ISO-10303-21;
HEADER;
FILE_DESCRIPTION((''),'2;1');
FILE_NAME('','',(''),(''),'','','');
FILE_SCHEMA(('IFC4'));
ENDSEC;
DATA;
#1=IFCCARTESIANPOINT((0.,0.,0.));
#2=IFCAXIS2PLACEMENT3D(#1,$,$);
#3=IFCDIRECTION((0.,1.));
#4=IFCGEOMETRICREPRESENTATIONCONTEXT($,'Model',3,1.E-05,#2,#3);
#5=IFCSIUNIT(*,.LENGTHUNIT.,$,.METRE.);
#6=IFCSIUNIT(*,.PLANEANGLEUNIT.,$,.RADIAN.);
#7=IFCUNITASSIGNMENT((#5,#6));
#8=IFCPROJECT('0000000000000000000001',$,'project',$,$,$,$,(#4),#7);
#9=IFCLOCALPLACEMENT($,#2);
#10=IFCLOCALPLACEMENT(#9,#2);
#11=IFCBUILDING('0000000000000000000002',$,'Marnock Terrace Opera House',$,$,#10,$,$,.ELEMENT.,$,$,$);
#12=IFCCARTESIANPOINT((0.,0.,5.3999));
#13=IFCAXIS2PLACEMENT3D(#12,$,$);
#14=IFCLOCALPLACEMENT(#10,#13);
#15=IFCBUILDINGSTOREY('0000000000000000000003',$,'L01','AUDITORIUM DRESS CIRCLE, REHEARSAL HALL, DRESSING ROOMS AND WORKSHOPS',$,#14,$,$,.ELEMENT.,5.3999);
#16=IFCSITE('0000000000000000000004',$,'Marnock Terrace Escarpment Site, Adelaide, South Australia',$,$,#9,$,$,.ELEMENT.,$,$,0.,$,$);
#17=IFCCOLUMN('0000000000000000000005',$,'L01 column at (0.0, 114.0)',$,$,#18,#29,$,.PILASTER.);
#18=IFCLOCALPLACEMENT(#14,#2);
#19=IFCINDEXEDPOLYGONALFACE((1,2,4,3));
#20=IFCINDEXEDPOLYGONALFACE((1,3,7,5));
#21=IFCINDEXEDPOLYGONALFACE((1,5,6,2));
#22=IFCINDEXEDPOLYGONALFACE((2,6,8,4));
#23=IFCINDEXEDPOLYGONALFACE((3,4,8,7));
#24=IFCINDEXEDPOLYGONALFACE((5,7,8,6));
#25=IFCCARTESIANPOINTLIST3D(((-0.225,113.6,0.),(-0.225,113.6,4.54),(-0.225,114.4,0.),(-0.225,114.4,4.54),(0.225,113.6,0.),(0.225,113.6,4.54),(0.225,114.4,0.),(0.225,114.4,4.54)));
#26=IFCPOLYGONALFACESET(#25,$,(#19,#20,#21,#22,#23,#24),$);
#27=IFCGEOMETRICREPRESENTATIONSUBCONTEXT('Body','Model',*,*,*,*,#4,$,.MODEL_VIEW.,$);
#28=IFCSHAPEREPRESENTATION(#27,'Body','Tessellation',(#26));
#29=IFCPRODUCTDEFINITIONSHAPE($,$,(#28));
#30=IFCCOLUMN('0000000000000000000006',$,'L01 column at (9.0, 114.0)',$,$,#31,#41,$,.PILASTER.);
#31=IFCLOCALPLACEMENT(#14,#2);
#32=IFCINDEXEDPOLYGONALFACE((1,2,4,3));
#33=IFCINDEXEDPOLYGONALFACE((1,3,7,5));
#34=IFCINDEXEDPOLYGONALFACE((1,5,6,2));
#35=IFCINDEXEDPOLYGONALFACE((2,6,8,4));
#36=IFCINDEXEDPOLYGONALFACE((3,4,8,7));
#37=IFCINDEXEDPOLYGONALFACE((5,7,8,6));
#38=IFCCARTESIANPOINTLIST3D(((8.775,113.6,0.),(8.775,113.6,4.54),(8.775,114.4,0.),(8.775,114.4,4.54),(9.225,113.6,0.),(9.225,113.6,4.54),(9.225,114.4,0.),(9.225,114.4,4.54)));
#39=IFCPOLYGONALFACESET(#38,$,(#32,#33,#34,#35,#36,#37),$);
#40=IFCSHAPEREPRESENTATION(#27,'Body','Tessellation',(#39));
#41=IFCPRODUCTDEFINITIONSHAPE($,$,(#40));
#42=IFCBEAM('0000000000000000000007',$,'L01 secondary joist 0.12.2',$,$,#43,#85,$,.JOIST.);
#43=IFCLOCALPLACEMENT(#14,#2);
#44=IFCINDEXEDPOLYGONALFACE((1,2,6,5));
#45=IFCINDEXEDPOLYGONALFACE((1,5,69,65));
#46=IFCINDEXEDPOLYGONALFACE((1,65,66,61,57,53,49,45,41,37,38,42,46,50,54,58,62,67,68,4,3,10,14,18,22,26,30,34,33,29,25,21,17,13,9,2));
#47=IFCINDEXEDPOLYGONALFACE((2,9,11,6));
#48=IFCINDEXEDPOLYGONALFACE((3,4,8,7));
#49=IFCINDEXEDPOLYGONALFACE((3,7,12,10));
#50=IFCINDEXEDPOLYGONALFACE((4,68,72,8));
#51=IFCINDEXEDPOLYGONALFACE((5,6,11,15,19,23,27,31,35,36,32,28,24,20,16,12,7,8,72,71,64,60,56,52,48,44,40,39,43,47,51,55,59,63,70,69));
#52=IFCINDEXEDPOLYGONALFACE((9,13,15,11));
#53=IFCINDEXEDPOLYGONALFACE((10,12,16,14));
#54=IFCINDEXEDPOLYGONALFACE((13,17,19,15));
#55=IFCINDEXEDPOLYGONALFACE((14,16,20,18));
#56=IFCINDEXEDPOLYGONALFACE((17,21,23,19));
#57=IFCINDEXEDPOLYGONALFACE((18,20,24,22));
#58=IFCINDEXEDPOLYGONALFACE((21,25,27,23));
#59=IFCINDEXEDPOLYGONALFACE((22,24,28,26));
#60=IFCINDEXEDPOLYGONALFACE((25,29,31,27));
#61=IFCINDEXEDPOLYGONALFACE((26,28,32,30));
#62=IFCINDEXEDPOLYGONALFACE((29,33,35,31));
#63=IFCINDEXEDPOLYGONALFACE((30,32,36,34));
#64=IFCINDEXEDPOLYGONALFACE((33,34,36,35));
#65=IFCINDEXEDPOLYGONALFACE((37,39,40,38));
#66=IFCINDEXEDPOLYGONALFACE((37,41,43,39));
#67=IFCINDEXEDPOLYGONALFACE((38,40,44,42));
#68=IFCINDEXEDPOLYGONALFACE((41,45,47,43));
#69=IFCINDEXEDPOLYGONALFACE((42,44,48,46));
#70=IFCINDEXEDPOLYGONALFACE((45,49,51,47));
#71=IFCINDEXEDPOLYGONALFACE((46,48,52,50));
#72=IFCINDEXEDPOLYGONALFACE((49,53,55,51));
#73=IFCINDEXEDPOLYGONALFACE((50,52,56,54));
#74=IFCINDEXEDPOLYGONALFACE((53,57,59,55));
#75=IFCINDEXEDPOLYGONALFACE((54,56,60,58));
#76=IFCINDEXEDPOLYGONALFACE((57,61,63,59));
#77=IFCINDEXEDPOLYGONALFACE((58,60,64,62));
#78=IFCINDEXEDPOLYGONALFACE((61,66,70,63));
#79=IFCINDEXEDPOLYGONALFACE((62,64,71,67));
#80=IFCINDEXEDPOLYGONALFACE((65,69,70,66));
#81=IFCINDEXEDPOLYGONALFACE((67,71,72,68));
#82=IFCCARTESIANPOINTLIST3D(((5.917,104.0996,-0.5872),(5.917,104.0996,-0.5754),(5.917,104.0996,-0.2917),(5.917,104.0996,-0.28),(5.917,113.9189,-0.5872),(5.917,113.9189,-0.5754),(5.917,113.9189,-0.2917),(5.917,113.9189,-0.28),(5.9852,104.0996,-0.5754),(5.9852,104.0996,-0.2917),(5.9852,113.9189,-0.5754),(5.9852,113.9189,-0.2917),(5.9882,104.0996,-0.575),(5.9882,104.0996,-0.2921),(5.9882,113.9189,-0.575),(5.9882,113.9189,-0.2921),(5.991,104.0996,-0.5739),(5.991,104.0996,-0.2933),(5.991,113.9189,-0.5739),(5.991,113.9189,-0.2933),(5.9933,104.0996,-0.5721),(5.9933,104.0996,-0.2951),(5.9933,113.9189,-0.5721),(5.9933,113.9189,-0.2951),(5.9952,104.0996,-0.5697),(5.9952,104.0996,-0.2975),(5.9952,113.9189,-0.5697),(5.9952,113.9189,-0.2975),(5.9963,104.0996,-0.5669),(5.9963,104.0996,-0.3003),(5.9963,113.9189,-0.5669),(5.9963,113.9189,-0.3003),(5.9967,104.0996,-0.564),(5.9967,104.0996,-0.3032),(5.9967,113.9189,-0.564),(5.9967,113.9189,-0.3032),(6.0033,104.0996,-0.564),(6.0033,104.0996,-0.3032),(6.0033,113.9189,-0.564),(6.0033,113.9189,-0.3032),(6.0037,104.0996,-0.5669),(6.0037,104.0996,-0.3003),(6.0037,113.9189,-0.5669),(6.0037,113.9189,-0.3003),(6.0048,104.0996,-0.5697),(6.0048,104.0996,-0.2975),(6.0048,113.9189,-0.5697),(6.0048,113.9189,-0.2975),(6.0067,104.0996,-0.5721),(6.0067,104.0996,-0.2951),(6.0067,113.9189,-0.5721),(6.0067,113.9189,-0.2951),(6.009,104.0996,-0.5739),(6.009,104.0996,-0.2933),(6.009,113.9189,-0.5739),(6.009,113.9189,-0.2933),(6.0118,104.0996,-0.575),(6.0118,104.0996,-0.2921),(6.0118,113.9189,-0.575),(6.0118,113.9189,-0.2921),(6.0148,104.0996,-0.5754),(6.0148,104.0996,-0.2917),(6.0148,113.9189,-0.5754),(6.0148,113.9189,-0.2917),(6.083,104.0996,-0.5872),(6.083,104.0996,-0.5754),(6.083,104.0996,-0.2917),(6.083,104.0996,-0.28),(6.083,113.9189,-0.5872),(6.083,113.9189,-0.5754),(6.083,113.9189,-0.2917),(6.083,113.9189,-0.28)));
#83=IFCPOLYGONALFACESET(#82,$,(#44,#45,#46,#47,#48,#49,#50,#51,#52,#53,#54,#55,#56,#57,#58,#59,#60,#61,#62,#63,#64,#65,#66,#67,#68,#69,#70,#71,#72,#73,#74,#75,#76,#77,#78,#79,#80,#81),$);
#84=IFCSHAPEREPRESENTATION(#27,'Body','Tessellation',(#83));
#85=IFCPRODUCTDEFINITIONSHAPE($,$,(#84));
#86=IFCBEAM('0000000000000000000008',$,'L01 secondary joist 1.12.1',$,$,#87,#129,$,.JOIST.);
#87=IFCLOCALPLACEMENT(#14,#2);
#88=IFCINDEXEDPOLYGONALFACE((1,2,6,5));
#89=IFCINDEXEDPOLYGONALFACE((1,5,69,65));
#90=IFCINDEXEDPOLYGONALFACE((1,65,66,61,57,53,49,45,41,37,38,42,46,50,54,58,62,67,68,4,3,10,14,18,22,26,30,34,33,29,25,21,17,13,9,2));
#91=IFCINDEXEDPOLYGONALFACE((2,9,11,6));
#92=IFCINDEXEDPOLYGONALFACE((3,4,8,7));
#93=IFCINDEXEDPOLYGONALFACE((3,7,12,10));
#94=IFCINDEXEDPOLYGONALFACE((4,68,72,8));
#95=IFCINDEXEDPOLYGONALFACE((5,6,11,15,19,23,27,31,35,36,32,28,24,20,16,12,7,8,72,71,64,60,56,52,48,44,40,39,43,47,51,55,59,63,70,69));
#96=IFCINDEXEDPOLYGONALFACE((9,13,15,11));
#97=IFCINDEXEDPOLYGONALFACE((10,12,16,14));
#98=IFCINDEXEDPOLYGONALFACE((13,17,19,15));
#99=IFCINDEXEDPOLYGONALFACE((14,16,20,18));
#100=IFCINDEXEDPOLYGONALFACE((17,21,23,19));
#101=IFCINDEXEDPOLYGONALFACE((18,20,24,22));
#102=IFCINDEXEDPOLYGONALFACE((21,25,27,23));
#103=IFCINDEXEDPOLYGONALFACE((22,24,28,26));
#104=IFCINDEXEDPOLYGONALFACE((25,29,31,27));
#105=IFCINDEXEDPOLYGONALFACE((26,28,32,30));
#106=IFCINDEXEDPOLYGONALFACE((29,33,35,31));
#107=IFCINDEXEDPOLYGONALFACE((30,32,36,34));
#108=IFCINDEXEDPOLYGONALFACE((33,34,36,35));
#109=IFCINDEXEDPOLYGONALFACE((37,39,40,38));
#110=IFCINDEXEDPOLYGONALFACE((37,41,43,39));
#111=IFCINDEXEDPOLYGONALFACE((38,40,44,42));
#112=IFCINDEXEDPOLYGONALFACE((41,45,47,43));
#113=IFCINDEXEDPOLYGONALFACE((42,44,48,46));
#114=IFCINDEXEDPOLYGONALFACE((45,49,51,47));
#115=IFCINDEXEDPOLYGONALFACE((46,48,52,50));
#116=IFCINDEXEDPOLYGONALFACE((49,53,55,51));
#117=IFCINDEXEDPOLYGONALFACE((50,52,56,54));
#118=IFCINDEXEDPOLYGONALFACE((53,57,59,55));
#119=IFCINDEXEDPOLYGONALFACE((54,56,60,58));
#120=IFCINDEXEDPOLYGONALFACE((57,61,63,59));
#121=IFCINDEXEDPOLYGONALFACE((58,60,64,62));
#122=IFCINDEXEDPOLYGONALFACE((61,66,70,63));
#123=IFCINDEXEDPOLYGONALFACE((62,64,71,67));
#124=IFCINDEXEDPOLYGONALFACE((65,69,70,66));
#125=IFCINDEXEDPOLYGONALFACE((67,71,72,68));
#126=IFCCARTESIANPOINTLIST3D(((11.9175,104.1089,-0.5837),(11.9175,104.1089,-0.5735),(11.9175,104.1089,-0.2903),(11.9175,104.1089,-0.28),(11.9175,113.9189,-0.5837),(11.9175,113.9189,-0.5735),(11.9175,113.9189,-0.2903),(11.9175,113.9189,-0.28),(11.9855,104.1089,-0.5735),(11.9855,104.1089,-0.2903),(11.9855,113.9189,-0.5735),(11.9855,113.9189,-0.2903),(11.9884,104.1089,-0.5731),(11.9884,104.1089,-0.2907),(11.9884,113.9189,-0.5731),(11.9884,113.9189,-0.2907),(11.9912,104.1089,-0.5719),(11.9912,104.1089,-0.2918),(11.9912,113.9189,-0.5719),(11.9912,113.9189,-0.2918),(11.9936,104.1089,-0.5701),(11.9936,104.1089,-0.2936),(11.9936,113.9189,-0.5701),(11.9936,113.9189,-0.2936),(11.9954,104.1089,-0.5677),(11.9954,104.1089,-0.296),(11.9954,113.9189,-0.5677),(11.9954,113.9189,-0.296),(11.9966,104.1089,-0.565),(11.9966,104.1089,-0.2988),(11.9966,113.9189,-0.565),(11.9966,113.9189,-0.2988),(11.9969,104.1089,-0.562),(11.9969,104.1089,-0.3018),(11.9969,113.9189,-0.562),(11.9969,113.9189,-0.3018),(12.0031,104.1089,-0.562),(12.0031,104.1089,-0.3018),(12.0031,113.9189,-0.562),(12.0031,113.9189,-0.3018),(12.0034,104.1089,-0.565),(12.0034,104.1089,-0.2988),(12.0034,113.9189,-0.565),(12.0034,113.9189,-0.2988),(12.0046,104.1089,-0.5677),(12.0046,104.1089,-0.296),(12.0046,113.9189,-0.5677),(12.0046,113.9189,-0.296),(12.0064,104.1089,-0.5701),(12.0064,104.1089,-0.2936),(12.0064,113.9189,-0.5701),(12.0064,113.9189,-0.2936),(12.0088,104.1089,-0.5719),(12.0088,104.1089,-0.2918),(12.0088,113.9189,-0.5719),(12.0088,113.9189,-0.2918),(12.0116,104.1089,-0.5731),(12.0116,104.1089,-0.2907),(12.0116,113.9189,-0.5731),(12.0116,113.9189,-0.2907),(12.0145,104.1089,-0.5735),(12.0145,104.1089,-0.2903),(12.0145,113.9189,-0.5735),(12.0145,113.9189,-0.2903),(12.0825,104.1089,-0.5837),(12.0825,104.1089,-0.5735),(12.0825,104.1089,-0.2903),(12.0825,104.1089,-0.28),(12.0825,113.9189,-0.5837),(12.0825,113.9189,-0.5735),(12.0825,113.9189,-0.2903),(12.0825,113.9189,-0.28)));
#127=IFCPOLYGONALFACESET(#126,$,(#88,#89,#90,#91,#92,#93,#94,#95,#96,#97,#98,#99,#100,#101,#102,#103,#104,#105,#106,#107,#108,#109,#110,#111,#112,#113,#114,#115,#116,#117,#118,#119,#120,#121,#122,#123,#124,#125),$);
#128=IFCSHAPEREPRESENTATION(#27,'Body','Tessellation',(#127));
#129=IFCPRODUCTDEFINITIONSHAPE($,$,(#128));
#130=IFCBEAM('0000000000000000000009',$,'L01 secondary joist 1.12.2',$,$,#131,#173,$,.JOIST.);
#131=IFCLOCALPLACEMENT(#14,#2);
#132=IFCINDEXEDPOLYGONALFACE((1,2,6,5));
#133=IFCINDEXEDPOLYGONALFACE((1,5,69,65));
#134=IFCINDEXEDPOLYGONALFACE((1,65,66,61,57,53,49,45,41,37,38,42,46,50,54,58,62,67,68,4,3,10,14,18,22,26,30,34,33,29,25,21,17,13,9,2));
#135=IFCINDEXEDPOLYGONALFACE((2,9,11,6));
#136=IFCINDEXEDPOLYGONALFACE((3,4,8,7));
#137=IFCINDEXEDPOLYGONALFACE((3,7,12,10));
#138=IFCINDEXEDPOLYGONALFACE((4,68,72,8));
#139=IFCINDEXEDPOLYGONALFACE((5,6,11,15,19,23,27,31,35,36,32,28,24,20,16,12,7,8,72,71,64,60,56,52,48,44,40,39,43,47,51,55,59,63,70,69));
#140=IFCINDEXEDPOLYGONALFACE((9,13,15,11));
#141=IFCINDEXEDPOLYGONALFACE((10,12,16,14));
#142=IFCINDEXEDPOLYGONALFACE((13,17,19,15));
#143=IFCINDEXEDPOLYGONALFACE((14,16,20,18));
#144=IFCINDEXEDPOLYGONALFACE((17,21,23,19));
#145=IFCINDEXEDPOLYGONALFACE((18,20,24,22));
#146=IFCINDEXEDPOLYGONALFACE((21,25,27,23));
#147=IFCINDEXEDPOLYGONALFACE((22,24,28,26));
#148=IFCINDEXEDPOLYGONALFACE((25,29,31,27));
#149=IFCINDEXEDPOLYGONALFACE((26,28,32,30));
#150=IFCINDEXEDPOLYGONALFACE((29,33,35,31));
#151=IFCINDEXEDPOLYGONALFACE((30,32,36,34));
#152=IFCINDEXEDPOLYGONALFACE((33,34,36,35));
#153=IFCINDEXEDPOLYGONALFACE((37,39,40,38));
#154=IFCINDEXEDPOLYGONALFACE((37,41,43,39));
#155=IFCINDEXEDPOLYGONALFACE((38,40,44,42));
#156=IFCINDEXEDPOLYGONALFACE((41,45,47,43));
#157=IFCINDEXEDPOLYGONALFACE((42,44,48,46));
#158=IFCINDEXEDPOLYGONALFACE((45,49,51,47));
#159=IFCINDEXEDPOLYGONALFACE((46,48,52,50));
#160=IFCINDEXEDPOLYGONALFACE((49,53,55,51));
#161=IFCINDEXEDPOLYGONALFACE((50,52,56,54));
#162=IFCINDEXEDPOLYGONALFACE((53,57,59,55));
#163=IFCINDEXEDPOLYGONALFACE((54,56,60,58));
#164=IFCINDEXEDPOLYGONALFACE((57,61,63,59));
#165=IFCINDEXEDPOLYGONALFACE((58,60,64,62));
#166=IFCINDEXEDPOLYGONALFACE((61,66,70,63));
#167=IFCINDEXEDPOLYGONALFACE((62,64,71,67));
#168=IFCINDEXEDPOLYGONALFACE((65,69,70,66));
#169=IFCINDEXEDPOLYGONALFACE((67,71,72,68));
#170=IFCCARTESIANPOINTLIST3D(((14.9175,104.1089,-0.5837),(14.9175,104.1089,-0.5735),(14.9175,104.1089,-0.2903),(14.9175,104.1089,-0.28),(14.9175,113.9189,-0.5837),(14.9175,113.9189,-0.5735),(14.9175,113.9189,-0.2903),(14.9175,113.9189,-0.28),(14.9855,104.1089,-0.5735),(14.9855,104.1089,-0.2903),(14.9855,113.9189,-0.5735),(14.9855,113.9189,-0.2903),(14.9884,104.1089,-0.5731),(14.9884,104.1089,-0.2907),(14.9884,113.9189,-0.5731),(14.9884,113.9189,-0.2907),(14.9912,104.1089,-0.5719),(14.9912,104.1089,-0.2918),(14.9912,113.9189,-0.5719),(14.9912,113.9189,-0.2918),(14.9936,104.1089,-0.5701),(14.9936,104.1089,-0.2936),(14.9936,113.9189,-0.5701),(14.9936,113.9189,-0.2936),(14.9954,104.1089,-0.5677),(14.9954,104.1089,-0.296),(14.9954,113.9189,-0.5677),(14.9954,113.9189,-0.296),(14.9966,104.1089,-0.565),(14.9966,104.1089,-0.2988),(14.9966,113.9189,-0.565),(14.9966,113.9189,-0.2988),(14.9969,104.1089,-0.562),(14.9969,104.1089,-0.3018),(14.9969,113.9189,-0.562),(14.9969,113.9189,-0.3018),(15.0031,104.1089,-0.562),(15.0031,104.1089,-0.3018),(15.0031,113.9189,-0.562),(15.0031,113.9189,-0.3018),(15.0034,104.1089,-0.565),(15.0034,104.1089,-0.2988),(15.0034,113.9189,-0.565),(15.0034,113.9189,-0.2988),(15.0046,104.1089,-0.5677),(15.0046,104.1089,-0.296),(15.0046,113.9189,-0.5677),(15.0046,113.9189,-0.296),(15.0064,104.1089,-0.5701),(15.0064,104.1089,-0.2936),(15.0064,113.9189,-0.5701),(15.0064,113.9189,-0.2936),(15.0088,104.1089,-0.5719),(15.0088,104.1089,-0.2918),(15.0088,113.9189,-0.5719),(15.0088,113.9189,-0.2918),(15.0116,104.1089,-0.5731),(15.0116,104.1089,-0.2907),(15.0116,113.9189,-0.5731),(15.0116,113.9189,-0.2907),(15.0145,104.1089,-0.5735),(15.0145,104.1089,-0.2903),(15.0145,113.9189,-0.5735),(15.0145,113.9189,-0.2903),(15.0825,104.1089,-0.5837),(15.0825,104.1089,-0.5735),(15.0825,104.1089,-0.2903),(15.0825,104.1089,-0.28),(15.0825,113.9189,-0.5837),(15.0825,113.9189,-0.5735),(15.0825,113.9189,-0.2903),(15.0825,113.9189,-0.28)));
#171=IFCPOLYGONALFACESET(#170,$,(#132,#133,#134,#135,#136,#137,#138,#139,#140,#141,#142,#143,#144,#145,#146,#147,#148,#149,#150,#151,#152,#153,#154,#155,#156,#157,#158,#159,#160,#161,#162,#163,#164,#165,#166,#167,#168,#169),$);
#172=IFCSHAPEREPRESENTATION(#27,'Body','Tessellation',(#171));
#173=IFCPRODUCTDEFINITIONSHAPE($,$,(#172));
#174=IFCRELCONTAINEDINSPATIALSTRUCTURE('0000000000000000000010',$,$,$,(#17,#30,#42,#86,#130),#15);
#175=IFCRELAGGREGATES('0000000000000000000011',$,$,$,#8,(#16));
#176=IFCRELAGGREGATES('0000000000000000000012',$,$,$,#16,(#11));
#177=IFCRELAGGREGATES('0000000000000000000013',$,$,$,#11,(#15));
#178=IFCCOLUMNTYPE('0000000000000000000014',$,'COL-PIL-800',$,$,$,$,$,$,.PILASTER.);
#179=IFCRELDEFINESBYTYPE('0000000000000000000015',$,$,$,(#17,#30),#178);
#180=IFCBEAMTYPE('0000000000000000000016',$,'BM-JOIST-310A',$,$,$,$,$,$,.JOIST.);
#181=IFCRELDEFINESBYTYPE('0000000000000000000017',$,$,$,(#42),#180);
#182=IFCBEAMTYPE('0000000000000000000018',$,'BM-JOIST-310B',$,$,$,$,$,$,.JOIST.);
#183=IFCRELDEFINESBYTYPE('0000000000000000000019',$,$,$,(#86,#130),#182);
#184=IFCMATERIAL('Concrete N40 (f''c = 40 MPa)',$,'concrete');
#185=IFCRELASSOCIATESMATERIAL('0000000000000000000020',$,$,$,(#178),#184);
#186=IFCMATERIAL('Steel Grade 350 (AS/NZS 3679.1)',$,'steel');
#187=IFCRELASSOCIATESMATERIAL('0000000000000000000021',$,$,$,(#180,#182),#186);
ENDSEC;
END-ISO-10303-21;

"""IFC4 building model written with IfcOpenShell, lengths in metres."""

from ifc_helpers import new_model, si_unit, direction, frame, origin, origin_2d, place, context, subcontext, project, spatial, rectangle, i_section, extrude, material, material_profile, profile_set, type_object, element, save


model = new_model("IFC4")

# Units and contexts
model_context = context("Model", 3, precision=1e-05, world=origin(), true_north=direction((0.0, 1.0)))
body_context = subcontext(model_context, "Body", "Model", "MODEL_VIEW")
ifc_project = project(units=[si_unit("LENGTHUNIT", "METRE"), si_unit("PLANEANGLEUNIT", "RADIAN")], contexts=[model_context])

# Site, building, storey
site_placement = place(None, origin())
site = spatial("IfcSite", under=ifc_project, at=site_placement, Name="Marnock Terrace Escarpment Site, Adelaide, South Australia", CompositionType="ELEMENT", RefElevation=0.0)
building_placement = place(site_placement, origin())
building = spatial("IfcBuilding", under=site, at=building_placement, Name="Marnock Terrace Opera House", CompositionType="ELEMENT")
storey_placement = place(building_placement, frame((0.0, 0.0, 5.3999)))
storey = spatial("IfcBuildingStorey", under=building, at=storey_placement, Name="L01", Description="AUDITORIUM DRESS CIRCLE, REHEARSAL HALL, DRESSING ROOMS AND WORKSHOPS", CompositionType="ELEMENT", Elevation=5.3999)

# Columns
ifc_material_1 = material(Name="Concrete N40 (f'c = 40 MPa)", Category="concrete")
ifc_material_profile_1 = material_profile(ifc_material_1, rectangle(XDim=0.45, YDim=0.8, at=origin_2d()))
ifc_profile_set_1 = profile_set([ifc_material_profile_1], Name="Concrete N40 (f'c = 40 MPa)")
column_type = type_object("IfcColumnType", Name="COL-PIL-800", PredefinedType="PILASTER", material=ifc_profile_set_1)
for number, where, z_axis, x_axis, name in (
    (1, (0.0, 114.0, 0.0), (0.0, 0.0, 1.0), (1.0, 0.0, 0.0), "L01 column at (0.0, 114.0)"),
    (2, (9.0, 114.0, 0.0), (0.0, 0.0, 1.0), (1.0, 0.0, 0.0), "L01 column at (9.0, 114.0)"),
):
    element("IfcColumn", number, at=place(storey_placement, frame(where, z_axis=z_axis, x_axis=x_axis)), inside=storey, type_object=column_type, Name=name, PredefinedType="PILASTER", context=body_context, shape_type="SweptSolid", body=[
        extrude(rectangle(XDim=0.45, YDim=0.8, at=origin_2d()), origin(), (0.0, 0.0, 1.0), 4.54),
    ])

# Beams
ifc_material_2 = material(Name="Steel Grade 350 (AS/NZS 3679.1)", Category="steel")
ifc_material_profile_2 = material_profile(ifc_material_2, i_section(OverallWidth=0.166, OverallDepth=0.3071, WebThickness=0.0066, FlangeThickness=0.0117, FilletRadius=0.0115, at=origin_2d()))
ifc_profile_set_2 = profile_set([ifc_material_profile_2], Name="Steel Grade 350 (AS/NZS 3679.1)")
beam_type_1 = type_object("IfcBeamType", Name="BM-JOIST-310A", PredefinedType="JOIST", material=ifc_profile_set_2)
beam_placement = place(storey_placement, frame((6.0, 104.0996, -0.4336), z_axis=(0.0, 1.0, 0.0), x_axis=(-1.0, 0.0, 0.0)))
element("IfcBeam", 3, at=beam_placement, inside=storey, type_object=beam_type_1, Name="L01 secondary joist 0.12.2", PredefinedType="JOIST", context=body_context, shape_type="SweptSolid", body=[
    extrude(i_section(OverallWidth=0.166, OverallDepth=0.3071, WebThickness=0.0066, FlangeThickness=0.0117, FilletRadius=0.0115, at=origin_2d()), origin(), (0.0, 0.0, 1.0), 9.8193),
])
ifc_material_profile_3 = material_profile(ifc_material_2, i_section(OverallWidth=0.165, OverallDepth=0.3037, WebThickness=0.0061, FlangeThickness=0.0103, FilletRadius=0.0115, at=origin_2d()))
ifc_profile_set_3 = profile_set([ifc_material_profile_3], Name="Steel Grade 350 (AS/NZS 3679.1)")
beam_type_2 = type_object("IfcBeamType", Name="BM-JOIST-310B", PredefinedType="JOIST", material=ifc_profile_set_3)
for number, where, z_axis, x_axis, name in (
    (4, (12.0, 104.1089, -0.4319), (0.0, 1.0, 0.0), (-1.0, 0.0, 0.0), "L01 secondary joist 1.12.1"),
    (5, (15.0, 104.1089, -0.4319), (0.0, 1.0, 0.0), (-1.0, 0.0, 0.0), "L01 secondary joist 1.12.2"),
):
    element("IfcBeam", number, at=place(storey_placement, frame(where, z_axis=z_axis, x_axis=x_axis)), inside=storey, type_object=beam_type_2, Name=name, PredefinedType="JOIST", context=body_context, shape_type="SweptSolid", body=[
        extrude(i_section(OverallWidth=0.165, OverallDepth=0.3037, WebThickness=0.0061, FlangeThickness=0.0103, FilletRadius=0.0115, at=origin_2d()), origin(), (0.0, 0.0, 1.0), 9.8101),
    ])

save(model, "model.ifc")
